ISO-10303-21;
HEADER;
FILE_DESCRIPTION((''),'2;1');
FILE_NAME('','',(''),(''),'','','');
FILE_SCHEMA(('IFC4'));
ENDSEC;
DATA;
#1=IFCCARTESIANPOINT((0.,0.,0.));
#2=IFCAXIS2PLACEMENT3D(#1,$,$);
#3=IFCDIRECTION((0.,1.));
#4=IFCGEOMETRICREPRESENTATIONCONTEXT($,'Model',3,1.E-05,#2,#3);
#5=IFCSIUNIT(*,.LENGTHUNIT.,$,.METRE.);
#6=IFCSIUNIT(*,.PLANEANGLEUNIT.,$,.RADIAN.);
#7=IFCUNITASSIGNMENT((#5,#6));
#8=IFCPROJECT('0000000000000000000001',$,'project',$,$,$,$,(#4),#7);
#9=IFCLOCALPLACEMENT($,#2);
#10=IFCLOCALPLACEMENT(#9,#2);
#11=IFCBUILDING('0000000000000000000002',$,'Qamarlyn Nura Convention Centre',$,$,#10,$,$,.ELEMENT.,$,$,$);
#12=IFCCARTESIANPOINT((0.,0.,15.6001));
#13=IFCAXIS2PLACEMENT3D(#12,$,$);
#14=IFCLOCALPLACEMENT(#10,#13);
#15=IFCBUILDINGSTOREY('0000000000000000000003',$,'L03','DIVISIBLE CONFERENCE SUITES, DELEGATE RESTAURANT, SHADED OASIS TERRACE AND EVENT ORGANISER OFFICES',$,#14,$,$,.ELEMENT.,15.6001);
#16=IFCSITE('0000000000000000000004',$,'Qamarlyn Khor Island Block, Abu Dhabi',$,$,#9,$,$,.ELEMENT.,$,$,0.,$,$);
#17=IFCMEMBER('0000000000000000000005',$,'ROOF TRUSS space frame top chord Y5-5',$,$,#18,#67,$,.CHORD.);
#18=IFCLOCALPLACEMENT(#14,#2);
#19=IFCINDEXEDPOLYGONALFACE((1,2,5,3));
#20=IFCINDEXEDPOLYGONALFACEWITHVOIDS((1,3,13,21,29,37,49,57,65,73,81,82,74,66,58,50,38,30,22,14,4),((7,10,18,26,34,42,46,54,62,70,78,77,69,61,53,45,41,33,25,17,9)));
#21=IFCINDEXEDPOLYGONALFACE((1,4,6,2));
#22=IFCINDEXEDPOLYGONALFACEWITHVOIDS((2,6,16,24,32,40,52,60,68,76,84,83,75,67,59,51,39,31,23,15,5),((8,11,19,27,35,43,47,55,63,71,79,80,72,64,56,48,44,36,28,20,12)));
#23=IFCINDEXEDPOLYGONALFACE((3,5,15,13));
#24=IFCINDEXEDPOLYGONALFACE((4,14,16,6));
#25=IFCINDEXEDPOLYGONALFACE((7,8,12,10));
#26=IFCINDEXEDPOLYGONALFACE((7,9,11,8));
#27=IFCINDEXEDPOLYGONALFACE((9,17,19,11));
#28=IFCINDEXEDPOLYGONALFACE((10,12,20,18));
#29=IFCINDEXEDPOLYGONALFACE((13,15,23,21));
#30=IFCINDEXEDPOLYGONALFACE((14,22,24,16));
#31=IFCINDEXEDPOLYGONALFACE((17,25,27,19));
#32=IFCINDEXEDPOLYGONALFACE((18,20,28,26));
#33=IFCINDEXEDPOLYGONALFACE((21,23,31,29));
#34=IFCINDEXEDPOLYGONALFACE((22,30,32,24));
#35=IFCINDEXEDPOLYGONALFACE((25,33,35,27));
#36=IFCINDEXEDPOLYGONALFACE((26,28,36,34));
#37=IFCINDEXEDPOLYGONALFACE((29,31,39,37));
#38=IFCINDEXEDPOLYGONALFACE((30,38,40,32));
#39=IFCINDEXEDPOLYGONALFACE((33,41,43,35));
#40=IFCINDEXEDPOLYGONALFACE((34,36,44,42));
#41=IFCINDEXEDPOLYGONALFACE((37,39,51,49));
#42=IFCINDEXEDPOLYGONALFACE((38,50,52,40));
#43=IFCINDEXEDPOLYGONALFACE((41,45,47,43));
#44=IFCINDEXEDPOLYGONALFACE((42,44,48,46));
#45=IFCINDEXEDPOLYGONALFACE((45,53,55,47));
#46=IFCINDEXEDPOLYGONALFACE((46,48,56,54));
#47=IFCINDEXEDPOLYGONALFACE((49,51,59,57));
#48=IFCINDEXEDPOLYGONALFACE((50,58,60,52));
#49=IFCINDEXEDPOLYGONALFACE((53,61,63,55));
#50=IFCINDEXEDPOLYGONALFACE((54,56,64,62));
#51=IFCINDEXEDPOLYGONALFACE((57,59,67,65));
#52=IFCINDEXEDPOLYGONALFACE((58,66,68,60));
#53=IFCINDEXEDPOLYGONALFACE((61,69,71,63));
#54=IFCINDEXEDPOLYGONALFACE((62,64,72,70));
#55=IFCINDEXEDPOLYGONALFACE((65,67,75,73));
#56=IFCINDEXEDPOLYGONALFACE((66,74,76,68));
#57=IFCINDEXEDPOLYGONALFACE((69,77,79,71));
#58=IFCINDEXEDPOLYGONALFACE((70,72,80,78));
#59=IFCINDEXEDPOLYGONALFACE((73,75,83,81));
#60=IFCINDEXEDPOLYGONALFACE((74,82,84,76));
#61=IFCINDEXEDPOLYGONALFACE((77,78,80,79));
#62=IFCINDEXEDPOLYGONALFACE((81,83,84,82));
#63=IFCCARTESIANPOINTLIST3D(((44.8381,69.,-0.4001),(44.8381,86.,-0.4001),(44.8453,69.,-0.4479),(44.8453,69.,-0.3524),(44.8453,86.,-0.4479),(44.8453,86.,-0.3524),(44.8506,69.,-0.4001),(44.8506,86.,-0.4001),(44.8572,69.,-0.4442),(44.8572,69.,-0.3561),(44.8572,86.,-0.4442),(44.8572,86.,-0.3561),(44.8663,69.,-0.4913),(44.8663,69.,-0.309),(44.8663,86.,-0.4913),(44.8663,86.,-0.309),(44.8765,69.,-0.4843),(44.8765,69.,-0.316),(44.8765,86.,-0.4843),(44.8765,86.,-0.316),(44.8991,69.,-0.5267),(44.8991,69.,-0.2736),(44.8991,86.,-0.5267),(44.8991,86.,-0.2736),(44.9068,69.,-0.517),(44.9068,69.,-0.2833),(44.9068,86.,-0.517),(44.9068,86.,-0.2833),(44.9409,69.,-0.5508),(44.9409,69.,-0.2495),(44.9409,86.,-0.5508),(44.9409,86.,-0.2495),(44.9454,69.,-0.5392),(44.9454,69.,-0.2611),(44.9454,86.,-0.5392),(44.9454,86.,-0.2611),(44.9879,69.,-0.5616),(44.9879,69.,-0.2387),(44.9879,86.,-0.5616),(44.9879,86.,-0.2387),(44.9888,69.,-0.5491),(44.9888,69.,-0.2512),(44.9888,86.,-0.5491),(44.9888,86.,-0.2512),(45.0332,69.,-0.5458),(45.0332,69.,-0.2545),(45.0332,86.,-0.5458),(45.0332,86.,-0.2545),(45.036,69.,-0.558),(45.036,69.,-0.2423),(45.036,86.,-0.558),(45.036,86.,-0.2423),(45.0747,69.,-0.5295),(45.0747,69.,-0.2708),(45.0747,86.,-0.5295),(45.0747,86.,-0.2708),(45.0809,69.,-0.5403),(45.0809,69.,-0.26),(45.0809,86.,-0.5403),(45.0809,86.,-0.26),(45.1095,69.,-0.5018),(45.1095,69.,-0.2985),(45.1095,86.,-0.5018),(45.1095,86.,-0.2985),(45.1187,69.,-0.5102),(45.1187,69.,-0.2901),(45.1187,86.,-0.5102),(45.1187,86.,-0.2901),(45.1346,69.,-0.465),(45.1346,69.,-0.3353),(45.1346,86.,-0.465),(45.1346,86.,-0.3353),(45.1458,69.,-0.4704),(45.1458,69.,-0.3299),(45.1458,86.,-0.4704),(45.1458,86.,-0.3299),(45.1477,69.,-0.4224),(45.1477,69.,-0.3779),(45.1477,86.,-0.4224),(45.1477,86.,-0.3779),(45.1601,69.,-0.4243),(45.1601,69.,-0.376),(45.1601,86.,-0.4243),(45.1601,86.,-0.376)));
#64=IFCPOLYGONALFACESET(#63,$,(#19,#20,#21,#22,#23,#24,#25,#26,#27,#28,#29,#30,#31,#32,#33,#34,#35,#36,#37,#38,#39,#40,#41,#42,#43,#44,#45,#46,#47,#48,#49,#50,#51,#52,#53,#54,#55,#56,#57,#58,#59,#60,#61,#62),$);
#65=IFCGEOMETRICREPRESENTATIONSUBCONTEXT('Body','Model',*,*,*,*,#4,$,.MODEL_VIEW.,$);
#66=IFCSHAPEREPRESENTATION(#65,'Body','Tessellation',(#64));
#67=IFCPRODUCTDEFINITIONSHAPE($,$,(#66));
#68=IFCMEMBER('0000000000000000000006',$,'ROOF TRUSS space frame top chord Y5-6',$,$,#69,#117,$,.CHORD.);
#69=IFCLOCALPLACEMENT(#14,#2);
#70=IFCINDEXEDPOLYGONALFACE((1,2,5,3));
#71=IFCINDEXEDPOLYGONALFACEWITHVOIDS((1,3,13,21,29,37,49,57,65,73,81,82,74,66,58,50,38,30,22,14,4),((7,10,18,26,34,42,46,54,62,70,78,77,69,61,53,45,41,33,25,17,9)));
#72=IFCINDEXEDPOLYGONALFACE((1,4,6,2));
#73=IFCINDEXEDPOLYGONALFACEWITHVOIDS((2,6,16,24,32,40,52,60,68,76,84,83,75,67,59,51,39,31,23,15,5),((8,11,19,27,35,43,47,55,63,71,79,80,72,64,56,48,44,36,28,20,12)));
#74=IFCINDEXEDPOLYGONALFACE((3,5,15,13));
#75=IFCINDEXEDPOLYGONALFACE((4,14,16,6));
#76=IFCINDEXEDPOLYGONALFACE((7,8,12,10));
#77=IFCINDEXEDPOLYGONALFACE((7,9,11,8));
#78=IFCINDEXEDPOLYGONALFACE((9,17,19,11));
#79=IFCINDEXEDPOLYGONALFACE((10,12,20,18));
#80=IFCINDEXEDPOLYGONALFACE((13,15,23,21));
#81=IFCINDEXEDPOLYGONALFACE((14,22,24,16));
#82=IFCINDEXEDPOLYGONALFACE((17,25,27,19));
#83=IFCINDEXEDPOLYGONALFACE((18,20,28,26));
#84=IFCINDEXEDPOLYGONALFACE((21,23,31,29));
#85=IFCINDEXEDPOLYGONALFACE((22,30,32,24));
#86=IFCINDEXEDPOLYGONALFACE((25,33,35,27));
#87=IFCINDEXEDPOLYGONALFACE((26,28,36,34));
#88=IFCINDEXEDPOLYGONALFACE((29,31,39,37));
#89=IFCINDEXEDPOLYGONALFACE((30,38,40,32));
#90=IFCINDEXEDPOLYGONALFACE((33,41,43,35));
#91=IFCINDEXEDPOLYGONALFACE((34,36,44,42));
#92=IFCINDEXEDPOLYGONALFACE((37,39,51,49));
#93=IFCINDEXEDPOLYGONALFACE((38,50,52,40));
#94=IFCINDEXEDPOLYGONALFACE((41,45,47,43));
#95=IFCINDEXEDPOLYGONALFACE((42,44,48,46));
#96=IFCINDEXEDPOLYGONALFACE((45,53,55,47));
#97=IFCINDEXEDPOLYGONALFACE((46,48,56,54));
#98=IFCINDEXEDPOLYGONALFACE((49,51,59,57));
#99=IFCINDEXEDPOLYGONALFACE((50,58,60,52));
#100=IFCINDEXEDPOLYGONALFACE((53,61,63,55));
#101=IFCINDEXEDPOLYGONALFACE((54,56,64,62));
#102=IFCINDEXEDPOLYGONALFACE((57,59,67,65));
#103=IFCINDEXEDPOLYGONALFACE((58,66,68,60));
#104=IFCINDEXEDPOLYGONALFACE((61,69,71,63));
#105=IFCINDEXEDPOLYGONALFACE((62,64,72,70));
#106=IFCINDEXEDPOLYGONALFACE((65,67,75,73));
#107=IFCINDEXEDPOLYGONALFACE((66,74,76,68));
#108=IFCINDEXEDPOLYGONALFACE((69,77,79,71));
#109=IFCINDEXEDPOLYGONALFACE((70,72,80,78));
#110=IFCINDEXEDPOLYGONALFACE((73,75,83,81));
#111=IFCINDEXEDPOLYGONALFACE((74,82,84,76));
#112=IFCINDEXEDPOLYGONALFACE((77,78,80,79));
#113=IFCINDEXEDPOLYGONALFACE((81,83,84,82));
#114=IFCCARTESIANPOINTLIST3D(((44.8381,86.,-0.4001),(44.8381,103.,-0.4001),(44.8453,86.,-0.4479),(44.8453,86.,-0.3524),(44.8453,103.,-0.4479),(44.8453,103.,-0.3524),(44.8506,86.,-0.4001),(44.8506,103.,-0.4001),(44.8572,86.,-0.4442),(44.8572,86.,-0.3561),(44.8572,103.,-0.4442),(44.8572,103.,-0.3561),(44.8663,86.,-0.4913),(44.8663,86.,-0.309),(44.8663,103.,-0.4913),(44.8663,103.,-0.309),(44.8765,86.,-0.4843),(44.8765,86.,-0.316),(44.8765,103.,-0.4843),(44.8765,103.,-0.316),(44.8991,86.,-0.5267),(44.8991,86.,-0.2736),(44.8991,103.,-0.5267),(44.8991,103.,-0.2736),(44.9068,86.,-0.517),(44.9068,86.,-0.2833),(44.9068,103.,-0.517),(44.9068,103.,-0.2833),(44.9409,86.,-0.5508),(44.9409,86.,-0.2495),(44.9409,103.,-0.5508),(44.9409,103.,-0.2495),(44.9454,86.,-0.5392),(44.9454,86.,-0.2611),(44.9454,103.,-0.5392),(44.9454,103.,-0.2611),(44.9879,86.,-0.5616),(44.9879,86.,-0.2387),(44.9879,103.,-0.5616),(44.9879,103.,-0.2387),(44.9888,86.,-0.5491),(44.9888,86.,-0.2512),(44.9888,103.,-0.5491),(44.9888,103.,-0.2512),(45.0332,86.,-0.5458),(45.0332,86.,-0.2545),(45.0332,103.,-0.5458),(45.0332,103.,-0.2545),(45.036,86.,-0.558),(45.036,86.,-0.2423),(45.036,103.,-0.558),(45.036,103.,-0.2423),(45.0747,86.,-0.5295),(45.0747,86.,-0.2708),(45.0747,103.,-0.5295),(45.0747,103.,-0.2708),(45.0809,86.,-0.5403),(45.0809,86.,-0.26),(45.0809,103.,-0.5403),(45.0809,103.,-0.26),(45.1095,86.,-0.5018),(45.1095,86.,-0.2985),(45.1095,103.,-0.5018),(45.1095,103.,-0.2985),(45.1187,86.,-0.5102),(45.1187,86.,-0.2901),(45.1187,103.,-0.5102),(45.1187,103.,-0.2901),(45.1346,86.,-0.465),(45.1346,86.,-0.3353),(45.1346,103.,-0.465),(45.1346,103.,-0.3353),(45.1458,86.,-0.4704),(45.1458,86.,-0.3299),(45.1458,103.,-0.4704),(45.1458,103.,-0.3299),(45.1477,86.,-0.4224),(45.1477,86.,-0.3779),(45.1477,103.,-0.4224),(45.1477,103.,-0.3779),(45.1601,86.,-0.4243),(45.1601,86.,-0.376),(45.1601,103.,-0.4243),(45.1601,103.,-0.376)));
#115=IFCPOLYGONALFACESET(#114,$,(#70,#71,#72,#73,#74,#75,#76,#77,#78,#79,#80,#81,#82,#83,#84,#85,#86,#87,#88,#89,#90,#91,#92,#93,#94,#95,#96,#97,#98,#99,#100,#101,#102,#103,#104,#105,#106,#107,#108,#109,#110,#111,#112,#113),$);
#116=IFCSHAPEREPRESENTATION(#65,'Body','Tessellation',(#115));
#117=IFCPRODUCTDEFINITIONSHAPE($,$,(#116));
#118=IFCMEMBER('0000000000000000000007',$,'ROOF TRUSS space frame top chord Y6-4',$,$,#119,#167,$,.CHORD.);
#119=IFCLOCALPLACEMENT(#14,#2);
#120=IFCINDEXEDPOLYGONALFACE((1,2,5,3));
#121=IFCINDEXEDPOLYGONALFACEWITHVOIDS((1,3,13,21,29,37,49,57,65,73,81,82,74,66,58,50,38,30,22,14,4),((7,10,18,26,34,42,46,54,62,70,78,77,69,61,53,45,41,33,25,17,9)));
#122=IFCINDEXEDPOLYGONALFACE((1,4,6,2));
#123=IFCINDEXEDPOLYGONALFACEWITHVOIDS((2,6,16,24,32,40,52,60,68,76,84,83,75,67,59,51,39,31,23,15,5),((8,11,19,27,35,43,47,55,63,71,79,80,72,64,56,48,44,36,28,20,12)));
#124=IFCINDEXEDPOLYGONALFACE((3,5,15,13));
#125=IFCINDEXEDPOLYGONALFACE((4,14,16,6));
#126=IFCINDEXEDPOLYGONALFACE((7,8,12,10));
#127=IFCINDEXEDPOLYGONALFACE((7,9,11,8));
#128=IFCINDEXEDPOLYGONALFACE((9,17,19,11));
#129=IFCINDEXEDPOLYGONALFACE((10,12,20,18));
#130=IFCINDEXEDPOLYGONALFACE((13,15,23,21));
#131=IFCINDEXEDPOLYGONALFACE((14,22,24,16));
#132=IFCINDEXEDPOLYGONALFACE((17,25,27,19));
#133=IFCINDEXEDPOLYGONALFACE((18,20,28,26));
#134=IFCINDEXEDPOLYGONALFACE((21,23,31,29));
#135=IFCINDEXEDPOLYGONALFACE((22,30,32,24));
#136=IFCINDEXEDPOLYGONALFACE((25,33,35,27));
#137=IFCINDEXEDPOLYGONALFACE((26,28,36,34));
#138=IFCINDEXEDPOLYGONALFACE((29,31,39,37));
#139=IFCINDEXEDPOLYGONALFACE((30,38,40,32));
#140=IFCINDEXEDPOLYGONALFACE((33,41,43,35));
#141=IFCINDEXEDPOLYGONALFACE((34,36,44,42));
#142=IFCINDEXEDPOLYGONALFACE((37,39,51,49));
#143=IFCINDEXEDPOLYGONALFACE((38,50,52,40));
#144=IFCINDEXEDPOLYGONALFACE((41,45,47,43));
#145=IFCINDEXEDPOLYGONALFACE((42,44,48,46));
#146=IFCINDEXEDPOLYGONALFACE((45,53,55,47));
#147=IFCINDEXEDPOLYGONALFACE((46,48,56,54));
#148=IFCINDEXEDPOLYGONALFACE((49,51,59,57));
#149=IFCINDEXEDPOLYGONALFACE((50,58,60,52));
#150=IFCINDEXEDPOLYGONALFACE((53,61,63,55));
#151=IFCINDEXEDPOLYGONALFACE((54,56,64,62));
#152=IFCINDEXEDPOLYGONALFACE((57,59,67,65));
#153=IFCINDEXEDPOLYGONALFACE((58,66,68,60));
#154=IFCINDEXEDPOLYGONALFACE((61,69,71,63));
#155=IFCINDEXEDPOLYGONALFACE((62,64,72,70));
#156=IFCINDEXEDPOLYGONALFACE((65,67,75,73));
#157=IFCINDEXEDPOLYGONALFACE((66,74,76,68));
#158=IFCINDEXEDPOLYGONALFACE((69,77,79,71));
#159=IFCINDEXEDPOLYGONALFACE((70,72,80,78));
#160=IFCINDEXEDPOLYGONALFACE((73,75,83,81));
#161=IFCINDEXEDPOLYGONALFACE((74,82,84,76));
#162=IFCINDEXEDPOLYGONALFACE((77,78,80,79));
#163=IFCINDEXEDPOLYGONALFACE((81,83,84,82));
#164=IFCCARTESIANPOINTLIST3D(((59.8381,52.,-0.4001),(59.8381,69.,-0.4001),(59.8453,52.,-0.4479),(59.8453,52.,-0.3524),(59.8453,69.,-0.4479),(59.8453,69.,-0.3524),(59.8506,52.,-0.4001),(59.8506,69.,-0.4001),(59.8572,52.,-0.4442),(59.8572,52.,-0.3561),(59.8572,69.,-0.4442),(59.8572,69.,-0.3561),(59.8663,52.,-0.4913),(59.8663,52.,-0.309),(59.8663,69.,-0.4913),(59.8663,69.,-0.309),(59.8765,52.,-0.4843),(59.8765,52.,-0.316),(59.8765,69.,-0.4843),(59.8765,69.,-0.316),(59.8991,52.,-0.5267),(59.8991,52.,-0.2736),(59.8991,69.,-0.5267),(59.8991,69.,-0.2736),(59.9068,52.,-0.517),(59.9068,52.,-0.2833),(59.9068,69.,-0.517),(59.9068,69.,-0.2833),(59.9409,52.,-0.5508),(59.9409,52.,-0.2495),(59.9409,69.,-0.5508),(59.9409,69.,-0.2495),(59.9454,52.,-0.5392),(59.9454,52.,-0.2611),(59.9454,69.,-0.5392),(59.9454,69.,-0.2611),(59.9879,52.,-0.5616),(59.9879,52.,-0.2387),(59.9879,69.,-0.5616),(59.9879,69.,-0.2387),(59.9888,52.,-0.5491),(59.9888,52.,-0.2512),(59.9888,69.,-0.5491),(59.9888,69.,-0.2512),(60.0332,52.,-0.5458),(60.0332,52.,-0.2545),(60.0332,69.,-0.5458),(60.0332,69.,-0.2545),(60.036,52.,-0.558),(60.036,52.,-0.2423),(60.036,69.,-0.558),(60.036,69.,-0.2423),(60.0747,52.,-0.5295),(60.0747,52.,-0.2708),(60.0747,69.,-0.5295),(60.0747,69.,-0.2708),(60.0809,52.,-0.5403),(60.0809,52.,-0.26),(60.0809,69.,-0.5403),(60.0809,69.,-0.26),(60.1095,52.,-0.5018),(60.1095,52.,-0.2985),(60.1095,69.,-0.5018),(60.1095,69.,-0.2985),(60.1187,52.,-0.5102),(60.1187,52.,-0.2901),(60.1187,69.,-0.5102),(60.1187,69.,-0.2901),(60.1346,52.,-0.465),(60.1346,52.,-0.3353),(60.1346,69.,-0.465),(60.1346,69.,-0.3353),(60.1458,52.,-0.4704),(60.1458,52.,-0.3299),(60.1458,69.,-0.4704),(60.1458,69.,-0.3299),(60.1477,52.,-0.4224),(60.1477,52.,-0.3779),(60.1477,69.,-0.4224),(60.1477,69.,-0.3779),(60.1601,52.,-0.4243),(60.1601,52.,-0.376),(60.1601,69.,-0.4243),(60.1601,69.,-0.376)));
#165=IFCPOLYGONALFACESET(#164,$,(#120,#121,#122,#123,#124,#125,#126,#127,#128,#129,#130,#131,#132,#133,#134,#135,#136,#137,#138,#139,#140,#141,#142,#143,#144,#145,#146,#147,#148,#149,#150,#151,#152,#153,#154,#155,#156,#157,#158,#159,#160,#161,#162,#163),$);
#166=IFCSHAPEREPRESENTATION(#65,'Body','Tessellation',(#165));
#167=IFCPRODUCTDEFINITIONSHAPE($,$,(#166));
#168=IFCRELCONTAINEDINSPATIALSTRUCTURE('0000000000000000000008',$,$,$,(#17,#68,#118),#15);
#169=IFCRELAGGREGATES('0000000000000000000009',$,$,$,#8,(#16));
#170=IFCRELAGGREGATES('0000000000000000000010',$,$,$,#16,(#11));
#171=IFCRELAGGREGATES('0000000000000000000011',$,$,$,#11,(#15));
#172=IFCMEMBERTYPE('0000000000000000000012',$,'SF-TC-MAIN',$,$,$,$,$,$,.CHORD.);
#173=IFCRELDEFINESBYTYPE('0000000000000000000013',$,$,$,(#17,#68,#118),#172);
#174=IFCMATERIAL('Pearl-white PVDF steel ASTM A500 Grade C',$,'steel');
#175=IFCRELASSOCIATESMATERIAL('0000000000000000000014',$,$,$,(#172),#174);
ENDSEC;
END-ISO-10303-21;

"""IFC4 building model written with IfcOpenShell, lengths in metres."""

from ifc_helpers import new_model, si_unit, direction, frame, origin, origin_2d, place, context, subcontext, project, spatial, hollow_circle, extrude, material, material_profile, profile_set, type_object, element, save


model = new_model("IFC4")

# Units and contexts
model_context = context("Model", 3, precision=1e-05, world=origin(), true_north=direction((0.0, 1.0)))
body_context = subcontext(model_context, "Body", "Model", "MODEL_VIEW")
ifc_project = project(units=[si_unit("LENGTHUNIT", "METRE"), si_unit("PLANEANGLEUNIT", "RADIAN")], contexts=[model_context])

# Site, building, storey
site_placement = place(None, origin())
site = spatial("IfcSite", under=ifc_project, at=site_placement, Name="Qamarlyn Khor Island Block, Abu Dhabi", CompositionType="ELEMENT", RefElevation=0.0)
building_placement = place(site_placement, origin())
building = spatial("IfcBuilding", under=site, at=building_placement, Name="Qamarlyn Nura Convention Centre", CompositionType="ELEMENT")
storey_placement = place(building_placement, frame((0.0, 0.0, 15.6001)))
storey = spatial("IfcBuildingStorey", under=building, at=storey_placement, Name="L03", Description="DIVISIBLE CONFERENCE SUITES, DELEGATE RESTAURANT, SHADED OASIS TERRACE AND EVENT ORGANISER OFFICES", CompositionType="ELEMENT", Elevation=15.6001)

# Members
ifc_material_1 = material(Name="Pearl-white PVDF steel ASTM A500 Grade C", Category="steel")
ifc_material_profile_1 = material_profile(ifc_material_1, hollow_circle(Radius=0.1619, WallThickness=0.0125, at=origin_2d()), Name="CHS323.9X12.5")
ifc_profile_set_1 = profile_set([ifc_material_profile_1], Name="Pearl-white PVDF steel ASTM A500 Grade C")
member_type_1 = type_object("IfcMemberType", Name="SF-TC-MAIN", PredefinedType="CHORD", material=ifc_profile_set_1)
for number, where, z_axis, x_axis, name in (
    (1, (45.0, 69.0, -0.4001), (0.0, 1.0, 0.0), (-1.0, 0.0, 0.0), "ROOF TRUSS space frame top chord Y5-5"),
    (2, (45.0, 86.0, -0.4001), (0.0, 1.0, 0.0), (-1.0, 0.0, 0.0), "ROOF TRUSS space frame top chord Y5-6"),
    (3, (60.0, 52.0, -0.4001), (0.0, 1.0, 0.0), (-1.0, 0.0, 0.0), "ROOF TRUSS space frame top chord Y6-4"),
):
    element("IfcMember", number, at=place(storey_placement, frame(where, z_axis=z_axis, x_axis=x_axis)), inside=storey, type_object=member_type_1, Name=name, PredefinedType="CHORD", context=body_context, shape_type="SweptSolid", body=[
        extrude(hollow_circle(Radius=0.1619, WallThickness=0.0125, at=origin_2d()), origin(), (0.0, 0.0, 1.0), 17.0),
    ])

save(model, "model.ifc")
